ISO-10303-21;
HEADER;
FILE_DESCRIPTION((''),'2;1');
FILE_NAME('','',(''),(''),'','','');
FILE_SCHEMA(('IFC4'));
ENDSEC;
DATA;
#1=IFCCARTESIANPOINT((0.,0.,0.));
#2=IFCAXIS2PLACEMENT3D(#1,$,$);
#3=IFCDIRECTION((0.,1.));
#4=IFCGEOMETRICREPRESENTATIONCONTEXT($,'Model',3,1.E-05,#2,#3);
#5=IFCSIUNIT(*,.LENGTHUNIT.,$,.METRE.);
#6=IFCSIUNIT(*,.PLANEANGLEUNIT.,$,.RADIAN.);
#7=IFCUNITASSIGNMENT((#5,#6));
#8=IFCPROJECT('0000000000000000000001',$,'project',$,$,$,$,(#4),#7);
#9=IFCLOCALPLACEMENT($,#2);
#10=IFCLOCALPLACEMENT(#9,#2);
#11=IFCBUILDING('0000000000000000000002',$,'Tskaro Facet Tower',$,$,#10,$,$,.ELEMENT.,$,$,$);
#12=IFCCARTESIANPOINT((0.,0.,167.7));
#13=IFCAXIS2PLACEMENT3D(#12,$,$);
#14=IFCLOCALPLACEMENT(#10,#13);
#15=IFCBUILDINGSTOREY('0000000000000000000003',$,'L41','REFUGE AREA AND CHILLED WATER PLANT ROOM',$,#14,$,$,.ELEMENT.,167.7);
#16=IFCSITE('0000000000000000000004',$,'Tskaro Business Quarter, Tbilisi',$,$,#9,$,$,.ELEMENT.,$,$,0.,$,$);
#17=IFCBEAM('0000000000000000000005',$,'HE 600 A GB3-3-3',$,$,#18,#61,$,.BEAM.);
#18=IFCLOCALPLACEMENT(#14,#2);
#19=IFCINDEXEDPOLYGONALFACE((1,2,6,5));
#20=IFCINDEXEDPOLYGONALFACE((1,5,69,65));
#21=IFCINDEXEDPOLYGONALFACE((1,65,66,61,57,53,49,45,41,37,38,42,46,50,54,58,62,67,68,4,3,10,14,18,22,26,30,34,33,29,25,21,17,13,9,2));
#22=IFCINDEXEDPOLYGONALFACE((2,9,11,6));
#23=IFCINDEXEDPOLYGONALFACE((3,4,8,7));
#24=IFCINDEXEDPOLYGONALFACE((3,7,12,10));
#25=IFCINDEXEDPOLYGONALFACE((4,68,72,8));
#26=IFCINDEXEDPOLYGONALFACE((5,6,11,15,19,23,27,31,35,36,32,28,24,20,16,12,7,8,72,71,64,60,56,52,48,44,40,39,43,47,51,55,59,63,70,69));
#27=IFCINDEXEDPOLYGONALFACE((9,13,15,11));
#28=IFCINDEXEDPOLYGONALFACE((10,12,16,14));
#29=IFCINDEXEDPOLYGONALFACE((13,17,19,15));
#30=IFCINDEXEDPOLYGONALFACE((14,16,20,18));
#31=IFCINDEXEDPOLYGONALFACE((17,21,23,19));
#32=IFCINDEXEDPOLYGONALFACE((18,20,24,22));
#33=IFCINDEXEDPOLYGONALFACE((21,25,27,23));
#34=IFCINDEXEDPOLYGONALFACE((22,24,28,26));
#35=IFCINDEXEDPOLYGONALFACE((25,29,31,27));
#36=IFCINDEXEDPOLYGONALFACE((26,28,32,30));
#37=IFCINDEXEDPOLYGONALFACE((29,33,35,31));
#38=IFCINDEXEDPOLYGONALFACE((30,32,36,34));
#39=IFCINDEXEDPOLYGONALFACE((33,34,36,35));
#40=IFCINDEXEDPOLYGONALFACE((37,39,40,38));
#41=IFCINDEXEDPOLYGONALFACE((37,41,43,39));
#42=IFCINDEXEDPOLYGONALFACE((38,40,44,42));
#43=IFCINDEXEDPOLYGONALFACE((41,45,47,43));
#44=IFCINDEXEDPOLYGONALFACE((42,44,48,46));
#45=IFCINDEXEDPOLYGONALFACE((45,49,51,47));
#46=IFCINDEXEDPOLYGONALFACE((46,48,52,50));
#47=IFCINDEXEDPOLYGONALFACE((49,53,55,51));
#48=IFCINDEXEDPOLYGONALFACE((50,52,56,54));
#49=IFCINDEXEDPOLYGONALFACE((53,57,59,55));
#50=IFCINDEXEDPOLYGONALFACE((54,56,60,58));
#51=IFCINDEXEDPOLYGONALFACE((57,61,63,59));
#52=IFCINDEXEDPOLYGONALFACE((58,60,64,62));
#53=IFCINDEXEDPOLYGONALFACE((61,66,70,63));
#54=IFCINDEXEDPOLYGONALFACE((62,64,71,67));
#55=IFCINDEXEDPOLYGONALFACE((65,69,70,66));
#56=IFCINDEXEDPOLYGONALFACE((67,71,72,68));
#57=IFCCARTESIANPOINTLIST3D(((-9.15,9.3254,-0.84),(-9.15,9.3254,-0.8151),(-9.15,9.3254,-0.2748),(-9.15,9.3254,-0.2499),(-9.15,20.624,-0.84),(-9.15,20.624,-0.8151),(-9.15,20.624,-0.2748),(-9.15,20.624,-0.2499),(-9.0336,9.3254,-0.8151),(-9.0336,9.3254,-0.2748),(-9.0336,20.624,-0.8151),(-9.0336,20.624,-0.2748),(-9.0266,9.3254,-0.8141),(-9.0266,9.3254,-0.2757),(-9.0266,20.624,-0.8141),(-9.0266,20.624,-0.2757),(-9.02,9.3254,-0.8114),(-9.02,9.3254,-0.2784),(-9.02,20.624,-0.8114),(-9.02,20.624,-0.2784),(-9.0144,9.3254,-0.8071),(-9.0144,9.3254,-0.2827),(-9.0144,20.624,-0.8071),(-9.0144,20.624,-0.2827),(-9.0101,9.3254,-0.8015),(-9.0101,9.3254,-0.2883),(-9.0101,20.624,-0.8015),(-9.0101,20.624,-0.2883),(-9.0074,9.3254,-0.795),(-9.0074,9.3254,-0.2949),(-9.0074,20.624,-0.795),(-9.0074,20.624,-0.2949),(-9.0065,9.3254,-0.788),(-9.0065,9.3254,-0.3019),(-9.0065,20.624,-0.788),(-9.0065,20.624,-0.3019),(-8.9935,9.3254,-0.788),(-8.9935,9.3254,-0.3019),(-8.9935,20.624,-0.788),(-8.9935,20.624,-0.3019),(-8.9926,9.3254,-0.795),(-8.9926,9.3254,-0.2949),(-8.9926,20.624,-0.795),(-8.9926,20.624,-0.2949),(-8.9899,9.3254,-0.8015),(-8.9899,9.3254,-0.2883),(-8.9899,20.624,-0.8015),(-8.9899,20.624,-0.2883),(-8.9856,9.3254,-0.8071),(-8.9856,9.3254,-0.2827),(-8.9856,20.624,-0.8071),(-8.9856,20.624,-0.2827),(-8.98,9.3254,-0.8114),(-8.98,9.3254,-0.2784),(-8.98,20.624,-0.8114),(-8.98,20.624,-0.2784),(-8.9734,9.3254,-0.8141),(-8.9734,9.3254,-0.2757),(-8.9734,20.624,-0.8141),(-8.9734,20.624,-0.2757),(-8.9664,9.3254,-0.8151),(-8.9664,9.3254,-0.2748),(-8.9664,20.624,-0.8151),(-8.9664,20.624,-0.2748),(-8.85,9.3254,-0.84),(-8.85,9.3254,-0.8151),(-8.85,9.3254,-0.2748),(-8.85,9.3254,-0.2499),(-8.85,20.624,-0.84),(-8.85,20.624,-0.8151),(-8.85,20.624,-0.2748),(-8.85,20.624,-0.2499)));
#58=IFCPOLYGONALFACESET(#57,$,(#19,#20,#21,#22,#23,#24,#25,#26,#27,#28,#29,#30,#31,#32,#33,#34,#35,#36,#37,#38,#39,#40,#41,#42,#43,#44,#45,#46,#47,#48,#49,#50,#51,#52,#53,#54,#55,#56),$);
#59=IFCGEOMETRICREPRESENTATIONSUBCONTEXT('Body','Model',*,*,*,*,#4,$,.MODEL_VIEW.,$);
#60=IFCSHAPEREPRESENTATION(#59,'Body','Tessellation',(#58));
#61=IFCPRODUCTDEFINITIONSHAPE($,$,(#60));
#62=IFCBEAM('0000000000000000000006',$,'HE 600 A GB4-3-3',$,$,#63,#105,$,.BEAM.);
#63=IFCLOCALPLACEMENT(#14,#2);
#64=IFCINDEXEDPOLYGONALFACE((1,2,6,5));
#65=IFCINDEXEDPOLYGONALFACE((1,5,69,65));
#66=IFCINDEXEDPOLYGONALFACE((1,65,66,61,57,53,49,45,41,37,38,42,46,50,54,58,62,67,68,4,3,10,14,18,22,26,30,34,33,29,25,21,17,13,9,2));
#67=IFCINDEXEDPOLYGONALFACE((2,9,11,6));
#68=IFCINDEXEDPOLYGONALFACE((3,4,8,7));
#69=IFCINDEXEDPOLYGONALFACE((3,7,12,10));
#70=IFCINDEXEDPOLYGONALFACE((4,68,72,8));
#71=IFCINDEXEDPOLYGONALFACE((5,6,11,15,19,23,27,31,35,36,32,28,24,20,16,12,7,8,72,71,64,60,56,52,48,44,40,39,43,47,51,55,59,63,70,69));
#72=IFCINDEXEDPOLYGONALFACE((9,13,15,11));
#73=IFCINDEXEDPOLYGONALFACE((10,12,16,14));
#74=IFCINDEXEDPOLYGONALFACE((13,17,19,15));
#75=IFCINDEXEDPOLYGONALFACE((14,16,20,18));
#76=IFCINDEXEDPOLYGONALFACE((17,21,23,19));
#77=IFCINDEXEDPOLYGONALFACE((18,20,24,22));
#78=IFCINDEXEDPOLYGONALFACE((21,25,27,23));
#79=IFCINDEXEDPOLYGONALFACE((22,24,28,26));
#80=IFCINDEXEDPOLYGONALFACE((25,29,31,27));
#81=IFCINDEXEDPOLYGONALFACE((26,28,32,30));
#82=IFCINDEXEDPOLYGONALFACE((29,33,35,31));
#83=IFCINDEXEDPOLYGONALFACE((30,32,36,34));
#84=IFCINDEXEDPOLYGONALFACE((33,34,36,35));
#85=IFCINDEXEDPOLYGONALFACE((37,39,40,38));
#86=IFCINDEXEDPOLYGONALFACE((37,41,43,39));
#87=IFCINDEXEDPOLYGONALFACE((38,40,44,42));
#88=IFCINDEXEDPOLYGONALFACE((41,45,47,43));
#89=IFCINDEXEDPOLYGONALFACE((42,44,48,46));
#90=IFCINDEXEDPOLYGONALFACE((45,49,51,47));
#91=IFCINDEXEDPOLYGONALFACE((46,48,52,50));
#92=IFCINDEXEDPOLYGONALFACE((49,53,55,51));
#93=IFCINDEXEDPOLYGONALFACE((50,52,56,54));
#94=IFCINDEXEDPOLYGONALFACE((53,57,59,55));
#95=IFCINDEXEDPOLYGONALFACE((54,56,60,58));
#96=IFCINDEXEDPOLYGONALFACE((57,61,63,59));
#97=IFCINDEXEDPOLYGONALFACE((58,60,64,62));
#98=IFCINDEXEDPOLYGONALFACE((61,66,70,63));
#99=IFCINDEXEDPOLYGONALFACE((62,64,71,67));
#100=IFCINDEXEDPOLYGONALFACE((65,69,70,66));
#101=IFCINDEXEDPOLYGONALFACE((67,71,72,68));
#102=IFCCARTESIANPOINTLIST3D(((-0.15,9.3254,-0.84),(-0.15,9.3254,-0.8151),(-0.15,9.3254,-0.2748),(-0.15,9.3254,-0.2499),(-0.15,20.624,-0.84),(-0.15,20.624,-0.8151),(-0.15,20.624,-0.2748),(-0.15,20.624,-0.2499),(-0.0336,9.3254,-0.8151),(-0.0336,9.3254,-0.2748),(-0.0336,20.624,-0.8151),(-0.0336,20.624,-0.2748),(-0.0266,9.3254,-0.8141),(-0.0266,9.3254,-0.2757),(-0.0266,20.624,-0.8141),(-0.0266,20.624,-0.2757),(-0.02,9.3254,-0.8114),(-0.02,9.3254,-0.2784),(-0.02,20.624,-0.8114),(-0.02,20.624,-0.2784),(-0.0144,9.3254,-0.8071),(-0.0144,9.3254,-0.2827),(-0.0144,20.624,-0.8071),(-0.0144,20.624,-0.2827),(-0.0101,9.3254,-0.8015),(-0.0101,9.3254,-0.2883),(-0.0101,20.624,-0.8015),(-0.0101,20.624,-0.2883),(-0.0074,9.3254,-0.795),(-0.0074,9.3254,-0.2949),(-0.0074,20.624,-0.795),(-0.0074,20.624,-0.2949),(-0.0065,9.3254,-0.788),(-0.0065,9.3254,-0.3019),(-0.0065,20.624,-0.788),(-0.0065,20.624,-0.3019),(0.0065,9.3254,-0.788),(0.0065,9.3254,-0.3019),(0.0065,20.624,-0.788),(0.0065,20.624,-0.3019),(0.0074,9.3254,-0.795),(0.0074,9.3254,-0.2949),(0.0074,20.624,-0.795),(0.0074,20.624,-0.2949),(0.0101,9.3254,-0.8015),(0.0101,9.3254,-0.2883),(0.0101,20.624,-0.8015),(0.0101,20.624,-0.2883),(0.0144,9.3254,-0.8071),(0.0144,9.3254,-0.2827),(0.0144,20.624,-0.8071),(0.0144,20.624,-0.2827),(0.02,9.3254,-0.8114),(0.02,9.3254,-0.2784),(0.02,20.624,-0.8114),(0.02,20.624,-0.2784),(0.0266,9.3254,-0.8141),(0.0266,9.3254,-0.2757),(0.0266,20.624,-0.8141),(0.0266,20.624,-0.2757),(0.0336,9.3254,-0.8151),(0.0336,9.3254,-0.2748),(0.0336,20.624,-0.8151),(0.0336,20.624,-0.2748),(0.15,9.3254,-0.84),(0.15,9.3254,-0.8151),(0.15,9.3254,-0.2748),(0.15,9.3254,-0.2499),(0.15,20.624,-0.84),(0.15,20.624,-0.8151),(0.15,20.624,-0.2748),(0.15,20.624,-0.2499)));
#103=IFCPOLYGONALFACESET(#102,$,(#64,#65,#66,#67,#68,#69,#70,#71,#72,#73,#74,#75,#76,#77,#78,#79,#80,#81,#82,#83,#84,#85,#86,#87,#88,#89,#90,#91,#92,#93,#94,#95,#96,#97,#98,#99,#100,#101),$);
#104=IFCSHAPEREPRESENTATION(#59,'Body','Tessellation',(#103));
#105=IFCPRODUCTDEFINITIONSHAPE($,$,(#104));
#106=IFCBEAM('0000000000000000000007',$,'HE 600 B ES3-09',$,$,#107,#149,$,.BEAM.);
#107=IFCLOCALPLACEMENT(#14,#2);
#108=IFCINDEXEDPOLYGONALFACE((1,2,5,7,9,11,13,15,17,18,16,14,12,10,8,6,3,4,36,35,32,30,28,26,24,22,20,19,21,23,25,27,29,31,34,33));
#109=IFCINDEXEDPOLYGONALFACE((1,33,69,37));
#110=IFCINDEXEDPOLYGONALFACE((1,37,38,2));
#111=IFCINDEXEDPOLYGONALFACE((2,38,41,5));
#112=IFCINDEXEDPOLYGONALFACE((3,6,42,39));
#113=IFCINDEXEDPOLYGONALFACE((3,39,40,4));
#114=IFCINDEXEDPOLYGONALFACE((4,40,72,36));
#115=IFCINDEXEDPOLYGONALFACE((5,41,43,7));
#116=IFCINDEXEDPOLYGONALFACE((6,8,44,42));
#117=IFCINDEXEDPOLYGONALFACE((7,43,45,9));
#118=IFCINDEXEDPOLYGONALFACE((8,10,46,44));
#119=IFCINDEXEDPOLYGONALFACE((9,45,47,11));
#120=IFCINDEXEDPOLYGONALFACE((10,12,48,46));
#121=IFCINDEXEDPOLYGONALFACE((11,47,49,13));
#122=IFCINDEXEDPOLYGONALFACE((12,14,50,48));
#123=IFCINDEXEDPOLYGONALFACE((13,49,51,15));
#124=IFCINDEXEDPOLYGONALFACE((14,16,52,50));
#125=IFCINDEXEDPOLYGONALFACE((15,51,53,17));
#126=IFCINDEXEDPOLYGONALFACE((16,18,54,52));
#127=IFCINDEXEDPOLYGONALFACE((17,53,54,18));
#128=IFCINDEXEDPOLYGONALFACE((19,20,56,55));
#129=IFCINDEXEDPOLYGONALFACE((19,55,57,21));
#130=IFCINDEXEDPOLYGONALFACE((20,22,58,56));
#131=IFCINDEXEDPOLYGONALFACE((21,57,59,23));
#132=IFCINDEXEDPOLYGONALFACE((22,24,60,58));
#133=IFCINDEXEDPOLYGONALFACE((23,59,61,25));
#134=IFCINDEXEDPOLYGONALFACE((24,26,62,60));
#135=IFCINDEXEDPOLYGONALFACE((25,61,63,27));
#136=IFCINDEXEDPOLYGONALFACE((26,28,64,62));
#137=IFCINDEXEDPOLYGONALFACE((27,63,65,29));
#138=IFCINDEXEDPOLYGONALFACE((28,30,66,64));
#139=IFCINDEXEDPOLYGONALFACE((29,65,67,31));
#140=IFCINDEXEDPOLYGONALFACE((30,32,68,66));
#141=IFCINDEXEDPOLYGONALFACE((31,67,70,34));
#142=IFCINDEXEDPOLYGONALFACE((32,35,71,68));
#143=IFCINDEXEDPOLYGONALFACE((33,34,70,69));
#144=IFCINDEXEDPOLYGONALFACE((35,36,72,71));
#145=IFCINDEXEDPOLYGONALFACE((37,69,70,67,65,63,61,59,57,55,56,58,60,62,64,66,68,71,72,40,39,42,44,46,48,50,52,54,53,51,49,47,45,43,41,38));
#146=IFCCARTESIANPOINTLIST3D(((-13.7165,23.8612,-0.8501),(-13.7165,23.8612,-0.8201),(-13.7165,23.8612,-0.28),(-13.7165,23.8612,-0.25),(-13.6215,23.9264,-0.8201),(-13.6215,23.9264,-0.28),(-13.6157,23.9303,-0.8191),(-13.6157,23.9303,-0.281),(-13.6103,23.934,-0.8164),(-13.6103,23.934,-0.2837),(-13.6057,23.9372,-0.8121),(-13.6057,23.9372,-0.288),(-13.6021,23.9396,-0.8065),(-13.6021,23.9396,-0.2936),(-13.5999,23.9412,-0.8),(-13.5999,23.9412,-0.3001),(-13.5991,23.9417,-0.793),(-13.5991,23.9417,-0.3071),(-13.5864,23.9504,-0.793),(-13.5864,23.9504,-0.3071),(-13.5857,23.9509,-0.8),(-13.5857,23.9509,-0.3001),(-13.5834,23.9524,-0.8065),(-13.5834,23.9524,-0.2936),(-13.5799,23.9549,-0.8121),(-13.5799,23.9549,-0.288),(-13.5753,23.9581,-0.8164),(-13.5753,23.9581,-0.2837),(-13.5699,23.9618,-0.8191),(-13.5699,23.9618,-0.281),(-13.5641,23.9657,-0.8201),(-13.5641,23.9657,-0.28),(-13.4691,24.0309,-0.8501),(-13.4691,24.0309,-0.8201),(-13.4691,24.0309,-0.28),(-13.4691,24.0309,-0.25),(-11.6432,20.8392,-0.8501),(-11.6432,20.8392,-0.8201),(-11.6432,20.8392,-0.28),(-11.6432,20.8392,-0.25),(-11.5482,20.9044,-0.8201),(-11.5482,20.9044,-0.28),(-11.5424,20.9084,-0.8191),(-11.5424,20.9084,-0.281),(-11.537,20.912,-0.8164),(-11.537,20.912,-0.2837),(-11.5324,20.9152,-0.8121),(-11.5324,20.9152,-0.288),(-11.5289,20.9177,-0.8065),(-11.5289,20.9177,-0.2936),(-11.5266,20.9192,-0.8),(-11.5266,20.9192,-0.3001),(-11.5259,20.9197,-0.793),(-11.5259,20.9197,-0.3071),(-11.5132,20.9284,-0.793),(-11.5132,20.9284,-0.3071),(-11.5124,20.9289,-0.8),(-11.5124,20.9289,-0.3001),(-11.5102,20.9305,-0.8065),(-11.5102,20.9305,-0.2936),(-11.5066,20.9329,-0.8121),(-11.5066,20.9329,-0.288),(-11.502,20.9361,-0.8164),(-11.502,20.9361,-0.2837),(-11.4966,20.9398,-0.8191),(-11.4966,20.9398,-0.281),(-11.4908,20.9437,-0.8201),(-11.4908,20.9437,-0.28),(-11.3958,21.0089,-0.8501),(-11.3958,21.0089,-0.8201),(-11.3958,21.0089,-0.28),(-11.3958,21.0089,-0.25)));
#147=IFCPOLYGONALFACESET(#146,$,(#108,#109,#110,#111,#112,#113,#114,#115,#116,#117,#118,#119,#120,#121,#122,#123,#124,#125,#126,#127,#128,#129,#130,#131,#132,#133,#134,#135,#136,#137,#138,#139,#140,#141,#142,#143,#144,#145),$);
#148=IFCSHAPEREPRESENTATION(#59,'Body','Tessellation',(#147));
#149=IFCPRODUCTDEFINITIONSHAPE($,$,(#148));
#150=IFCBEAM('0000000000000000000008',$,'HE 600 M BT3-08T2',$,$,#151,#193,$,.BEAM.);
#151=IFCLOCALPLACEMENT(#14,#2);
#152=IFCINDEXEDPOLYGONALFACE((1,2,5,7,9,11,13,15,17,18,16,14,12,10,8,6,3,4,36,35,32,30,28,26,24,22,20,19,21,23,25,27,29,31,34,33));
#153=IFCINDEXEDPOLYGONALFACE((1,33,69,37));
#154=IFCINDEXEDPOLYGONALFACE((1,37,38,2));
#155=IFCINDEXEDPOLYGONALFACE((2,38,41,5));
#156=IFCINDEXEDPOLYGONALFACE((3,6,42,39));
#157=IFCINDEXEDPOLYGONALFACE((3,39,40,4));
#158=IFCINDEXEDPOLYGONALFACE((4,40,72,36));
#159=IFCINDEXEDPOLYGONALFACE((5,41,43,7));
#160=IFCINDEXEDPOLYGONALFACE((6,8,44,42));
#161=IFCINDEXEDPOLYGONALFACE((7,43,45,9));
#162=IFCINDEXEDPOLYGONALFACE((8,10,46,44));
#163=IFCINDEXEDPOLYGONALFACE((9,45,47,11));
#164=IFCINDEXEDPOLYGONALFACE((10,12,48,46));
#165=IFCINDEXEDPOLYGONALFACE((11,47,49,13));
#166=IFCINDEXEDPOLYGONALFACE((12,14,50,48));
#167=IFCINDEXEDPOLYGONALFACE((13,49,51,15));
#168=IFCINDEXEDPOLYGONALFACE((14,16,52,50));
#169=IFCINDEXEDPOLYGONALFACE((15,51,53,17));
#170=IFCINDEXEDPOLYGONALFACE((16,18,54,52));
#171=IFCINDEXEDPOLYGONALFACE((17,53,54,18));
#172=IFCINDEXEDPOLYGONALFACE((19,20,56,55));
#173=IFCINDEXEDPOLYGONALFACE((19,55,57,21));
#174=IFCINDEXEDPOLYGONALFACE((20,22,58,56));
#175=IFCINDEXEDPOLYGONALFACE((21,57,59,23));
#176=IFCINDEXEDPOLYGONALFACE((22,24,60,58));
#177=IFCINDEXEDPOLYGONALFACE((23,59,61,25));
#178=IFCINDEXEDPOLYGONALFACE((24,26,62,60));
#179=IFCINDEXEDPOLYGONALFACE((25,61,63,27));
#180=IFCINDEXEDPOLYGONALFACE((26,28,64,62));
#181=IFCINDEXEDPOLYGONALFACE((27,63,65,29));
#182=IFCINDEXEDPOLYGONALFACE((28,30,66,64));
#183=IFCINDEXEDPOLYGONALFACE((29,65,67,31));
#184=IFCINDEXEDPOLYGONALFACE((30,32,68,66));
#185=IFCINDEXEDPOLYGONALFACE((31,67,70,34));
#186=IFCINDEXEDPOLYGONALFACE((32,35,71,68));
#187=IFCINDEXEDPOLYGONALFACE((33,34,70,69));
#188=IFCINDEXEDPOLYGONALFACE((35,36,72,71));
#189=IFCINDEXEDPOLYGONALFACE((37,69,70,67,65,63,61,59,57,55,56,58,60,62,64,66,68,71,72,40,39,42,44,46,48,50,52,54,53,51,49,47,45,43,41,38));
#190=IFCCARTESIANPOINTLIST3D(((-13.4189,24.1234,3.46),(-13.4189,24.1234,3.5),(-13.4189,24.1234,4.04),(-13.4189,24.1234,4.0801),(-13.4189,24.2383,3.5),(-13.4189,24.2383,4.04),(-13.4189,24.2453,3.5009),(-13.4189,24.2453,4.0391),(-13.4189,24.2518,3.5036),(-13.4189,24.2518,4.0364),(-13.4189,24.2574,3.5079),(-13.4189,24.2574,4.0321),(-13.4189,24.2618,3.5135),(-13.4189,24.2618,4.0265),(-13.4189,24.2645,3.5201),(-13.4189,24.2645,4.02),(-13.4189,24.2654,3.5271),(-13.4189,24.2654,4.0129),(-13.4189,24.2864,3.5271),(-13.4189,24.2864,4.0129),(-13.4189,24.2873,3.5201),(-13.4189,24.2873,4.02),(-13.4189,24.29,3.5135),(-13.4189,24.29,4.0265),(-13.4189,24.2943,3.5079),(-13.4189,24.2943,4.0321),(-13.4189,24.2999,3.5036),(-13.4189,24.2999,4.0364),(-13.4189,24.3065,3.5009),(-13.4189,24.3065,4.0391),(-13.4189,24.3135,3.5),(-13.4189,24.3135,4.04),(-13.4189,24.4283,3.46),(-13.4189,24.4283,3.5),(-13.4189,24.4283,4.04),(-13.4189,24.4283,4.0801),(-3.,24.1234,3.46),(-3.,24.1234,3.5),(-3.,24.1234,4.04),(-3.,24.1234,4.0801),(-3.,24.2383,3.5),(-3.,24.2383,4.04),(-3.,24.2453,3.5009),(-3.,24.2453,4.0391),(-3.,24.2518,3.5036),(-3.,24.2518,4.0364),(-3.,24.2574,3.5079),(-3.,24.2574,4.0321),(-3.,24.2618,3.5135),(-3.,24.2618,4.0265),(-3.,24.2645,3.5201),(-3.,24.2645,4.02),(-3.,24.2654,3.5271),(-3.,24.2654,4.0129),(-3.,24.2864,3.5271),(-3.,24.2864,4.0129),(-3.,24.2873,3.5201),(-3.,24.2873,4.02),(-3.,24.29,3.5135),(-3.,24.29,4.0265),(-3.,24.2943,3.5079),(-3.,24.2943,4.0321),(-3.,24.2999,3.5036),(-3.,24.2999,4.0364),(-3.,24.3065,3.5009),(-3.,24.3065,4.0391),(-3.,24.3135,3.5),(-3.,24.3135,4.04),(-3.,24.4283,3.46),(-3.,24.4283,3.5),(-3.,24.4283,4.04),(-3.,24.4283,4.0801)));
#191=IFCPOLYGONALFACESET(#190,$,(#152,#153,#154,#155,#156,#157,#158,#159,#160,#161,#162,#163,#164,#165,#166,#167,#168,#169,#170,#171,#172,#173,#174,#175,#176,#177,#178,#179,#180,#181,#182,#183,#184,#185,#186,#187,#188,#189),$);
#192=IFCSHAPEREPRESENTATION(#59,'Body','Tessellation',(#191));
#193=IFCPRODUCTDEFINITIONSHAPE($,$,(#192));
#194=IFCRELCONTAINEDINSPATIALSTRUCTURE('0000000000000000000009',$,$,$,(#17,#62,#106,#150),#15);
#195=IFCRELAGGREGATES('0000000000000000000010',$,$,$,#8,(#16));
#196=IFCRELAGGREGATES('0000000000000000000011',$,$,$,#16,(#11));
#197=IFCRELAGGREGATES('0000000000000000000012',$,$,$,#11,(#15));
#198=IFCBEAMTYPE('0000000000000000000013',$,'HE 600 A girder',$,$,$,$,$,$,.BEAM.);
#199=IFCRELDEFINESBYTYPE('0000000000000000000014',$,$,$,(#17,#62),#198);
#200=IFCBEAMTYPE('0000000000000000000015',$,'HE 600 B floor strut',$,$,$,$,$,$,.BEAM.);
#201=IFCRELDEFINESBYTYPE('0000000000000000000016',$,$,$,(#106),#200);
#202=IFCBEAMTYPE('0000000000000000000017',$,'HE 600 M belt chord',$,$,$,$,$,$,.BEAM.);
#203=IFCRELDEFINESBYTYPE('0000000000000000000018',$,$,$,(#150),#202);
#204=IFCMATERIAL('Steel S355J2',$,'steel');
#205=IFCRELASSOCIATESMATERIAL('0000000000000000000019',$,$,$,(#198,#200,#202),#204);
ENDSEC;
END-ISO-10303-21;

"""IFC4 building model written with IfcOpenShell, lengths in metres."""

from ifc_helpers import new_model, si_unit, direction, frame, origin, origin_2d, place, context, subcontext, project, spatial, i_section, extrude, material, material_profile, profile_set, type_object, element, save


model = new_model("IFC4")

# Units and contexts
model_context = context("Model", 3, precision=1e-05, world=origin(), true_north=direction((0.0, 1.0)))
body_context = subcontext(model_context, "Body", "Model", "MODEL_VIEW")
ifc_project = project(units=[si_unit("LENGTHUNIT", "METRE"), si_unit("PLANEANGLEUNIT", "RADIAN")], contexts=[model_context])

# Site, building, storey
site_placement = place(None, origin())
site = spatial("IfcSite", under=ifc_project, at=site_placement, Name="Tskaro Business Quarter, Tbilisi", CompositionType="ELEMENT", RefElevation=0.0)
building_placement = place(site_placement, origin())
building = spatial("IfcBuilding", under=site, at=building_placement, Name="Tskaro Facet Tower", CompositionType="ELEMENT")
storey_placement = place(building_placement, frame((0.0, 0.0, 167.7)))
storey = spatial("IfcBuildingStorey", under=building, at=storey_placement, Name="L41", Description="REFUGE AREA AND CHILLED WATER PLANT ROOM", CompositionType="ELEMENT", Elevation=167.7)

# Shared definitions
ifc_material_1 = material(Name="Steel S355J2", Category="steel")

# Beams
ifc_material_profile_1 = material_profile(ifc_material_1, i_section(OverallWidth=0.3, OverallDepth=0.5901, WebThickness=0.0129, FlangeThickness=0.0249, FilletRadius=0.0271, at=origin_2d()), Name="HE 600 A")
ifc_profile_set_1 = profile_set([ifc_material_profile_1], Name="Steel S355J2")
beam_type_1 = type_object("IfcBeamType", Name="HE 600 A girder", PredefinedType="BEAM", material=ifc_profile_set_1)
for number, where, z_axis, x_axis, name in (
    (1, (-9.0, 9.3254, -0.5449), (0.0, 1.0, 0.0), (-1.0, 0.0, 0.0), "HE 600 A GB3-3-3"),
    (2, (0.0, 9.3254, -0.5449), (0.0, 1.0, 0.0), (-1.0, 0.0, 0.0), "HE 600 A GB4-3-3"),
):
    element("IfcBeam", number, at=place(storey_placement, frame(where, z_axis=z_axis, x_axis=x_axis)), inside=storey, type_object=beam_type_1, Name=name, PredefinedType="BEAM", context=body_context, shape_type="SweptSolid", body=[
        extrude(i_section(OverallWidth=0.3, OverallDepth=0.5901, WebThickness=0.0129, FlangeThickness=0.0249, FilletRadius=0.0271, at=origin_2d()), origin(), (0.0, 0.0, 1.0), 11.2986),
    ])
ifc_material_profile_2 = material_profile(ifc_material_1, i_section(OverallWidth=0.3, OverallDepth=0.6001, WebThickness=0.0154, FlangeThickness=0.03, FilletRadius=0.0271, at=origin_2d()), Name="HE 600 B")
ifc_profile_set_2 = profile_set([ifc_material_profile_2], Name="Steel S355J2")
beam_type_2 = type_object("IfcBeamType", Name="HE 600 B floor strut", PredefinedType="BEAM", material=ifc_profile_set_2)
beam_1_placement = place(storey_placement, frame((-13.5928, 23.946, -0.55), z_axis=(0.56572, -0.824597, 0.0), x_axis=(0.824597, 0.56572, 0.0)))
element("IfcBeam", 3, at=beam_1_placement, inside=storey, type_object=beam_type_2, Name="HE 600 B ES3-09", PredefinedType="BEAM", context=body_context, shape_type="SweptSolid", body=[
    extrude(i_section(OverallWidth=0.3, OverallDepth=0.6001, WebThickness=0.0154, FlangeThickness=0.03, FilletRadius=0.0271, at=origin_2d()), origin(), (0.0, 0.0, 1.0), 3.6648),
])
ifc_material_profile_3 = material_profile(ifc_material_1, i_section(OverallWidth=0.3049, OverallDepth=0.6201, WebThickness=0.021, FlangeThickness=0.04, FilletRadius=0.0271, at=origin_2d()), Name="HE 600 M")
ifc_profile_set_3 = profile_set([ifc_material_profile_3], Name="Steel S355J2")
beam_type_3 = type_object("IfcBeamType", Name="HE 600 M belt chord", PredefinedType="BEAM", material=ifc_profile_set_3)
beam_2_placement = place(storey_placement, frame((-3.0, 24.2759, 3.77), z_axis=(-1.0, 0.0, 0.0), x_axis=(0.0, -1.0, 0.0)))
element("IfcBeam", 4, at=beam_2_placement, inside=storey, type_object=beam_type_3, Name="HE 600 M BT3-08T2", PredefinedType="BEAM", context=body_context, shape_type="SweptSolid", body=[
    extrude(i_section(OverallWidth=0.3049, OverallDepth=0.6201, WebThickness=0.021, FlangeThickness=0.04, FilletRadius=0.0271, at=origin_2d()), origin(), (0.0, 0.0, 1.0), 10.4189),
])

save(model, "model.ifc")
